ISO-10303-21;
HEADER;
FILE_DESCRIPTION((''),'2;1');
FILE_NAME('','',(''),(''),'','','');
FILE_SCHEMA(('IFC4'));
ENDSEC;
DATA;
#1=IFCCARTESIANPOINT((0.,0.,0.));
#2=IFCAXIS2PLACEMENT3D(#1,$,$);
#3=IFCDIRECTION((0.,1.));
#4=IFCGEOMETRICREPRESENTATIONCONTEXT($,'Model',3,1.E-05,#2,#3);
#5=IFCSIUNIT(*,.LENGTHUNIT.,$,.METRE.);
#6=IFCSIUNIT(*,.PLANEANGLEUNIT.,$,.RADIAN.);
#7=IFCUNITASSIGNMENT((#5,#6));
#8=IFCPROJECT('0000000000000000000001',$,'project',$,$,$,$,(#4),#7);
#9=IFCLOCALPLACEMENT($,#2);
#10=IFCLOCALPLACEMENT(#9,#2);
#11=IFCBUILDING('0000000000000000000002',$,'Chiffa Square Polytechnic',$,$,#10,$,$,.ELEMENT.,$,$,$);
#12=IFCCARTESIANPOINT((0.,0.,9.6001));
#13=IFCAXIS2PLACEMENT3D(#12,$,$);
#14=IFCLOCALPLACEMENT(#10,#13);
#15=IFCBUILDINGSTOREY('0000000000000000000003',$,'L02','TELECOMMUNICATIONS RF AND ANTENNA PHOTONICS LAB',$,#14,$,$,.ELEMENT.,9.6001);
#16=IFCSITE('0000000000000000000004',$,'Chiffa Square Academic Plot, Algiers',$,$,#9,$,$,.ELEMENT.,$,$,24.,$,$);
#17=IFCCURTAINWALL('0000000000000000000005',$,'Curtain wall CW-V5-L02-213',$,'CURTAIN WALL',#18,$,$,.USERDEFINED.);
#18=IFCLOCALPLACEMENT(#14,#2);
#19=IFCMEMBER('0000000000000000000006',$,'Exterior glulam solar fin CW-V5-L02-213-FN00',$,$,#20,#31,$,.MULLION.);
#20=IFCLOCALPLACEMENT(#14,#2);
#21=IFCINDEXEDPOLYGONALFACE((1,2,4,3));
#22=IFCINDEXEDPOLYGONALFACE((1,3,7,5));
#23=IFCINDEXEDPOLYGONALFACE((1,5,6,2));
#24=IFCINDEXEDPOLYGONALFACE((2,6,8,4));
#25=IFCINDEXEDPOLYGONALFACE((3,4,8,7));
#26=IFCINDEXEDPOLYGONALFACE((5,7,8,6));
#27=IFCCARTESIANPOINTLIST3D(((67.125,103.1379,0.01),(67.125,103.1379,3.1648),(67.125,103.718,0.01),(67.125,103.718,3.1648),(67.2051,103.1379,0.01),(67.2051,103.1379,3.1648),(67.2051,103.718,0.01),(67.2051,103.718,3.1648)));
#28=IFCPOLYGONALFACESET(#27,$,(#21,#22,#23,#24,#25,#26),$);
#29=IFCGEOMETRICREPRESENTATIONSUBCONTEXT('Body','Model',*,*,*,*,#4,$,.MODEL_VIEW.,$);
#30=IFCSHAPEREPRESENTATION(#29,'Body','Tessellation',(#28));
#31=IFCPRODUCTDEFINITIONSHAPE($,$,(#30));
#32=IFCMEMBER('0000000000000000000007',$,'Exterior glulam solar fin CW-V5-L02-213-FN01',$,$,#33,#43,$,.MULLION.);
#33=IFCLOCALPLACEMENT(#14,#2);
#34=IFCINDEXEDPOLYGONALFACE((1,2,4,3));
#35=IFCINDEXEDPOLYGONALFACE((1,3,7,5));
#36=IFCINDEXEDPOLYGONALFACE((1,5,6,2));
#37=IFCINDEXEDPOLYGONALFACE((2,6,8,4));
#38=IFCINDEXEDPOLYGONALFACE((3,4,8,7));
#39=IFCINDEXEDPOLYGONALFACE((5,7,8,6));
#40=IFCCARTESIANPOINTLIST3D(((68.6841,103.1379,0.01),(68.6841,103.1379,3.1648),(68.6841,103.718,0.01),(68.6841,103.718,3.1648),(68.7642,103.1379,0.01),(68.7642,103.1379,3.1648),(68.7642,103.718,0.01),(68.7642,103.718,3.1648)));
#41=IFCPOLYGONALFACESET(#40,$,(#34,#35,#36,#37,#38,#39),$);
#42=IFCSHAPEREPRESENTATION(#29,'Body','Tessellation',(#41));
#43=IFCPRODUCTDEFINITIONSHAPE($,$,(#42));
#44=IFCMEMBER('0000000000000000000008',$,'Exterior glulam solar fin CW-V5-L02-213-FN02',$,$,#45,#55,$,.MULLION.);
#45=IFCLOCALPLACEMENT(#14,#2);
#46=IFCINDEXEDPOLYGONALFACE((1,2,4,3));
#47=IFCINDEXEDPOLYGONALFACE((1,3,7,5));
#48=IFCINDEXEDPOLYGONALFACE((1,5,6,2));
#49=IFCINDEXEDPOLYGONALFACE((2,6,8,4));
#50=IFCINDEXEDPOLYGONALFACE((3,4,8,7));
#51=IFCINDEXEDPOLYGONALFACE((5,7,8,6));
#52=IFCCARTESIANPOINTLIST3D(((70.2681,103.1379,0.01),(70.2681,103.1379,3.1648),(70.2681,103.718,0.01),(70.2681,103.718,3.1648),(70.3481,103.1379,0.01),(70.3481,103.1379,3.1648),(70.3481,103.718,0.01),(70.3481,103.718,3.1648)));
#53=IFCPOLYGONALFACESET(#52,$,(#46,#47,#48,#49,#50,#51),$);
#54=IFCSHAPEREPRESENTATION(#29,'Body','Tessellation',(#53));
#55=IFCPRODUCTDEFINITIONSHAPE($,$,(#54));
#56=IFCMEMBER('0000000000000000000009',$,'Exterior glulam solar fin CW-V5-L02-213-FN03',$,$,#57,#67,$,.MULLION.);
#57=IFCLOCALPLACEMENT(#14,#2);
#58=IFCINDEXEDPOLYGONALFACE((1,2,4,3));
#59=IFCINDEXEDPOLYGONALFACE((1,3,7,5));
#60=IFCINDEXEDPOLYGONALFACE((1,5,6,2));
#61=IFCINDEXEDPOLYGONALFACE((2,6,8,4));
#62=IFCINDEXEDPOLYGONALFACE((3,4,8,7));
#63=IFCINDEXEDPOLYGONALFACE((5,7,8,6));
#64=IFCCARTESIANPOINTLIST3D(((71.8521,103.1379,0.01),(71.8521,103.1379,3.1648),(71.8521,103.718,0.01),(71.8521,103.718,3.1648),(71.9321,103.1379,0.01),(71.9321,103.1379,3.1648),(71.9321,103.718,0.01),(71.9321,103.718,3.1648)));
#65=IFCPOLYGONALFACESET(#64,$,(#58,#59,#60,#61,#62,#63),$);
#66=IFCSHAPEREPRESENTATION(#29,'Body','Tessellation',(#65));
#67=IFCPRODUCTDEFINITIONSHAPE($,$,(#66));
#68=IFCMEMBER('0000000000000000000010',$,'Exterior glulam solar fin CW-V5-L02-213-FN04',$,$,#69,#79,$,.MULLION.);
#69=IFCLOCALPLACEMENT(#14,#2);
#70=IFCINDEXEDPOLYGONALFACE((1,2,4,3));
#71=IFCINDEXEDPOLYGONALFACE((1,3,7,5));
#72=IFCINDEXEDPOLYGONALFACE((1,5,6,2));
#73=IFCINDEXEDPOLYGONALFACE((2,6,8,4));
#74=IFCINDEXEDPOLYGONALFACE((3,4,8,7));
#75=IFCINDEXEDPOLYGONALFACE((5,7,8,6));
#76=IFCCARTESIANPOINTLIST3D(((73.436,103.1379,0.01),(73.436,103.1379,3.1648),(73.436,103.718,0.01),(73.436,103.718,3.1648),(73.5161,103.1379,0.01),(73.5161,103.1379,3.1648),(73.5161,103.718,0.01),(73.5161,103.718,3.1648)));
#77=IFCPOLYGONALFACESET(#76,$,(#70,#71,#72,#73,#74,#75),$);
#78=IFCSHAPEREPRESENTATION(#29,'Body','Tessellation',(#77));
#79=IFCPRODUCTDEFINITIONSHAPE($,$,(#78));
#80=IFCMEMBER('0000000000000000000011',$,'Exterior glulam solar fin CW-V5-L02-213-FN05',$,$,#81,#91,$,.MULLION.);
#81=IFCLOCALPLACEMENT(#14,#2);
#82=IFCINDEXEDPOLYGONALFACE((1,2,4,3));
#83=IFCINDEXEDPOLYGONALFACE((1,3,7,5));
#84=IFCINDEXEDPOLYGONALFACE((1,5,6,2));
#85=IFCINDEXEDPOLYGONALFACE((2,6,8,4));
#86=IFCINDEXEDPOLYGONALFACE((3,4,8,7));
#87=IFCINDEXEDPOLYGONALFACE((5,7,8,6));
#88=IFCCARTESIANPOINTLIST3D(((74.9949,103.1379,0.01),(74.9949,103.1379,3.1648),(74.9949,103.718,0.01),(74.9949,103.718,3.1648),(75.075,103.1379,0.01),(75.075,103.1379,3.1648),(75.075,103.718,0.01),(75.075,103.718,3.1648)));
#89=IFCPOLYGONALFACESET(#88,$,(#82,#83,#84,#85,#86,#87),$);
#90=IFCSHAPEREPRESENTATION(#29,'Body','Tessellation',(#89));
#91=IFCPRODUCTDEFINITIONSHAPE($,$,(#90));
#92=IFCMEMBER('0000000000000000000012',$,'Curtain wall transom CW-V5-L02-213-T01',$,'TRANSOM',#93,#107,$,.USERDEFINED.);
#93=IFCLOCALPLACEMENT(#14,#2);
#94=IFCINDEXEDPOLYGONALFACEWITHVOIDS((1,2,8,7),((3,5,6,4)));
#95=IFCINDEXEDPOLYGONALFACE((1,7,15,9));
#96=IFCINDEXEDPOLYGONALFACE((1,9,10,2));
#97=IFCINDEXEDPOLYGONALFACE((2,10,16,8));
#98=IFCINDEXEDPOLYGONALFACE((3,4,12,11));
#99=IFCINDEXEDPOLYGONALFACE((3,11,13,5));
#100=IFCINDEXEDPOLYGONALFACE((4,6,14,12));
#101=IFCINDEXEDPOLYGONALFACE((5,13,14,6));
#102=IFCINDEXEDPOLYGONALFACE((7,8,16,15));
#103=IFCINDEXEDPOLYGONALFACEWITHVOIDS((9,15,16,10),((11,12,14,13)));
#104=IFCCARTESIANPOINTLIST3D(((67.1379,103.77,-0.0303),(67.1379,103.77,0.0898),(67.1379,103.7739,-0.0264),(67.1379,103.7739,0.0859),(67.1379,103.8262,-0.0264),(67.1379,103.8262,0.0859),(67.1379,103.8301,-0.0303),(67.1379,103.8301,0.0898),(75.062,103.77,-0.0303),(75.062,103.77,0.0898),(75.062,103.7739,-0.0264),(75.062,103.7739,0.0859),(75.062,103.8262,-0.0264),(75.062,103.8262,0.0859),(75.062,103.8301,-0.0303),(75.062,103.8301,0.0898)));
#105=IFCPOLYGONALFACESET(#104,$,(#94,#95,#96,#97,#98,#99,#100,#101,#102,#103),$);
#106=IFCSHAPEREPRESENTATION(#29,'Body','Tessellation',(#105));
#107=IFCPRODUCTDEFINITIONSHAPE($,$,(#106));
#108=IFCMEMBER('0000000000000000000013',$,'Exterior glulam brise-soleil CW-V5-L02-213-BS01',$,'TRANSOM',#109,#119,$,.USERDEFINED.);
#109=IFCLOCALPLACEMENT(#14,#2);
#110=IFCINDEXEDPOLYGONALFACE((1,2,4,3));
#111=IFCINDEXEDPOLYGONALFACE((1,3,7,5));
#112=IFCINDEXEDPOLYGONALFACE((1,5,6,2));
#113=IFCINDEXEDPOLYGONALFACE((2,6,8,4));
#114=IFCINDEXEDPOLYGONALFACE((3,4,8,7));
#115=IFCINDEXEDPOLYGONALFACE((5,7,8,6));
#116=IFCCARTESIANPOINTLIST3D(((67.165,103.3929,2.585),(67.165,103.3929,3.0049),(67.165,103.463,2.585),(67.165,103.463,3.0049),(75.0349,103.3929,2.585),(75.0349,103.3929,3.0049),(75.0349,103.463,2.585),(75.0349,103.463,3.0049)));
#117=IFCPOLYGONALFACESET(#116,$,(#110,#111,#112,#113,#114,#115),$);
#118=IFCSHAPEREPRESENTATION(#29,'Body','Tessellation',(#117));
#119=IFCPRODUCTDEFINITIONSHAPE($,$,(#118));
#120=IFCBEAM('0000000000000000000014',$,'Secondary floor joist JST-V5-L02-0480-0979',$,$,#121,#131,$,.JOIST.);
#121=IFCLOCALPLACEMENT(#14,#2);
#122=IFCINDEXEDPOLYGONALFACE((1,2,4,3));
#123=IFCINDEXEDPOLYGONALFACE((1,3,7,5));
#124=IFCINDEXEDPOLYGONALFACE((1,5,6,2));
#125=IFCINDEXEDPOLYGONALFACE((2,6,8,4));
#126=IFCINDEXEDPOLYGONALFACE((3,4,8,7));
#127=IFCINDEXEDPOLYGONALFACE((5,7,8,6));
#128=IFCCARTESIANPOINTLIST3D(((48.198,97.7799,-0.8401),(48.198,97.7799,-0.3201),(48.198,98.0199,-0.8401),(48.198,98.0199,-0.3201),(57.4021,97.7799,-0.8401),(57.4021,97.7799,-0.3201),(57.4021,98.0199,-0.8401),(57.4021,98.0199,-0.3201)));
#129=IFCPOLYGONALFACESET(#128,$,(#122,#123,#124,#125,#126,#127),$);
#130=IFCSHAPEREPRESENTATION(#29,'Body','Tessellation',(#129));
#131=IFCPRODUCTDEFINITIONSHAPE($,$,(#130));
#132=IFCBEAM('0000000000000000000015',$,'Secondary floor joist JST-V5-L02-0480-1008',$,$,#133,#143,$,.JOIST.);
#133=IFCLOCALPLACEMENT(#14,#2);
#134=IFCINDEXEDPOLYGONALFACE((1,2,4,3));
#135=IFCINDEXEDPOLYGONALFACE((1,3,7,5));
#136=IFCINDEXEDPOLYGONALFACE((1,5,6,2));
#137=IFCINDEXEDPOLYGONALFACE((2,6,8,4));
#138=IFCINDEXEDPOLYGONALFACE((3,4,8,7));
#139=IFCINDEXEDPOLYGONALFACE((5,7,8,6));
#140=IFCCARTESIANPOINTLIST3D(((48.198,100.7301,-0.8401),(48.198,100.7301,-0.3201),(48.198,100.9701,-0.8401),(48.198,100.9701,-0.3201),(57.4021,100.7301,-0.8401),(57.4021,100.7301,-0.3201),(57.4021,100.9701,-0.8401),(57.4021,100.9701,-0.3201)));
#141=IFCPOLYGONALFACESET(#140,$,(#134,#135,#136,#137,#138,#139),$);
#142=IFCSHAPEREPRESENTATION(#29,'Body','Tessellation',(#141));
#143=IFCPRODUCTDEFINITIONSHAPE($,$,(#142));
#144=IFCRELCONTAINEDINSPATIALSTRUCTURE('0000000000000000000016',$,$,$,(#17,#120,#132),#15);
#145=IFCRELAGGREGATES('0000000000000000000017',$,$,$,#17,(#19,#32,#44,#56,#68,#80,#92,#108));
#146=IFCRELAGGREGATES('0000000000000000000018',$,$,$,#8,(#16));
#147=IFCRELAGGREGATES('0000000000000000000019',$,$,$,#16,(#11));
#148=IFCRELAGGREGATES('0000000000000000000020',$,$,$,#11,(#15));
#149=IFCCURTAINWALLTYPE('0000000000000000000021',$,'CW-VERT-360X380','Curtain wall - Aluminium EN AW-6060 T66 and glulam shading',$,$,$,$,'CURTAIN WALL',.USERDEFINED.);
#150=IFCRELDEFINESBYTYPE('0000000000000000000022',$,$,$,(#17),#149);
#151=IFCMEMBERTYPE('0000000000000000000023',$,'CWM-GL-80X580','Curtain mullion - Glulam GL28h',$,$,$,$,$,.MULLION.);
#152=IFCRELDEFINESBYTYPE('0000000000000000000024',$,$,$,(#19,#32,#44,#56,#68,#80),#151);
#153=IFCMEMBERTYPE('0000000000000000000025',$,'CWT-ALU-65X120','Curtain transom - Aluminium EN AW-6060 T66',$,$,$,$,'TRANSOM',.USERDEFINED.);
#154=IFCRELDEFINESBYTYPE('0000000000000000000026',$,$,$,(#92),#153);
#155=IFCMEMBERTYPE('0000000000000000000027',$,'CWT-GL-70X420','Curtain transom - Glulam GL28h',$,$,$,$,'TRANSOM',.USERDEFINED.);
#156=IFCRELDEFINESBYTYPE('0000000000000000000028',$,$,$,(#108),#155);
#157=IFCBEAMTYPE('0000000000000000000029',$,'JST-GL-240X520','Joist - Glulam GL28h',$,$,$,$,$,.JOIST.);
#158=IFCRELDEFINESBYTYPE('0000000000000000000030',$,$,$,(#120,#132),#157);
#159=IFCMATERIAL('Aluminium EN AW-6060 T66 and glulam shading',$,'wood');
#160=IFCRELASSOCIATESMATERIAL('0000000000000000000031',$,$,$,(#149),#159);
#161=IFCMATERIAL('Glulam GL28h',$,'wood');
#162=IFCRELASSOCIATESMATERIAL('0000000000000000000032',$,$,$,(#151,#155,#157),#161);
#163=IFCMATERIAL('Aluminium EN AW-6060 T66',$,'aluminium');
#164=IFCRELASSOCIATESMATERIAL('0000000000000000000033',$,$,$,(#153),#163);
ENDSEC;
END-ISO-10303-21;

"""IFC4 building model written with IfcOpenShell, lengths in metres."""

from ifc_helpers import new_model, si_unit, direction, frame, origin, origin_2d, place, context, subcontext, project, spatial, rectangle, hollow_rectangle, extrude, material, material_profile, profile_set, type_object, element, aggregate, save


model = new_model("IFC4")

# Units and contexts
model_context = context("Model", 3, precision=1e-05, world=origin(), true_north=direction((0.0, 1.0)))
body_context = subcontext(model_context, "Body", "Model", "MODEL_VIEW")
ifc_project = project(units=[si_unit("LENGTHUNIT", "METRE"), si_unit("PLANEANGLEUNIT", "RADIAN")], contexts=[model_context])

# Site, building, storey
site_placement = place(None, origin())
site = spatial("IfcSite", under=ifc_project, at=site_placement, Name="Chiffa Square Academic Plot, Algiers", CompositionType="ELEMENT", RefElevation=24.0)
building_placement = place(site_placement, origin())
building = spatial("IfcBuilding", under=site, at=building_placement, Name="Chiffa Square Polytechnic", CompositionType="ELEMENT")
storey_placement = place(building_placement, frame((0.0, 0.0, 9.6001)))
storey = spatial("IfcBuildingStorey", under=building, at=storey_placement, Name="L02", Description="TELECOMMUNICATIONS RF AND ANTENNA PHOTONICS LAB", CompositionType="ELEMENT", Elevation=9.6001)

# Curtain wall, members
ifc_material_1 = material(Name="Aluminium EN AW-6060 T66 and glulam shading", Category="wood")
curtain_wall_type = type_object("IfcCurtainWallType", Name="CW-VERT-360X380", Description="Curtain wall - Aluminium EN AW-6060 T66 and glulam shading", ElementType="CURTAIN WALL", PredefinedType="USERDEFINED", material=ifc_material_1)
curtain_wall_placement = place(storey_placement, origin())
curtain_wall = element("IfcCurtainWall", 1, at=curtain_wall_placement, inside=storey, type_object=curtain_wall_type, Name="Curtain wall CW-V5-L02-213", ObjectType="CURTAIN WALL", PredefinedType="USERDEFINED")
ifc_material_2 = material(Name="Glulam GL28h", Category="wood")
ifc_material_profile_1 = material_profile(ifc_material_2, rectangle(XDim=0.0801, YDim=0.5801, at=origin_2d()), Name="GL28h 80x580")
ifc_profile_set_1 = profile_set([ifc_material_profile_1], Name="Glulam GL28h")
member_type_1 = type_object("IfcMemberType", Name="CWM-GL-80X580", Description="Curtain mullion - Glulam GL28h", PredefinedType="MULLION", material=ifc_profile_set_1)
member_1_placement = place(storey_placement, frame((67.165, 103.428, 0.01), z_axis=(0.0, 0.0, 1.0), x_axis=(1.0, 0.0, 0.0)))
member_1 = element("IfcMember", 2, at=member_1_placement, type_object=member_type_1, Name="Exterior glulam solar fin CW-V5-L02-213-FN00", PredefinedType="MULLION", context=body_context, shape_type="SweptSolid", body=[
    extrude(rectangle(XDim=0.0801, YDim=0.5801, at=origin_2d()), origin(), (0.0, 0.0, 1.0), 3.1548),
])
member_2_placement = place(storey_placement, frame((68.7241, 103.428, 0.01), z_axis=(0.0, 0.0, 1.0), x_axis=(1.0, 0.0, 0.0)))
member_2 = element("IfcMember", 3, at=member_2_placement, type_object=member_type_1, Name="Exterior glulam solar fin CW-V5-L02-213-FN01", PredefinedType="MULLION", context=body_context, shape_type="SweptSolid", body=[
    extrude(rectangle(XDim=0.0801, YDim=0.5801, at=origin_2d()), origin(), (0.0, 0.0, 1.0), 3.1548),
])
member_3_placement = place(storey_placement, frame((70.3081, 103.428, 0.01), z_axis=(0.0, 0.0, 1.0), x_axis=(1.0, 0.0, 0.0)))
member_3 = element("IfcMember", 4, at=member_3_placement, type_object=member_type_1, Name="Exterior glulam solar fin CW-V5-L02-213-FN02", PredefinedType="MULLION", context=body_context, shape_type="SweptSolid", body=[
    extrude(rectangle(XDim=0.0801, YDim=0.5801, at=origin_2d()), origin(), (0.0, 0.0, 1.0), 3.1548),
])
member_4_placement = place(storey_placement, frame((71.8921, 103.428, 0.01), z_axis=(0.0, 0.0, 1.0), x_axis=(1.0, 0.0, 0.0)))
member_4 = element("IfcMember", 5, at=member_4_placement, type_object=member_type_1, Name="Exterior glulam solar fin CW-V5-L02-213-FN03", PredefinedType="MULLION", context=body_context, shape_type="SweptSolid", body=[
    extrude(rectangle(XDim=0.0801, YDim=0.5801, at=origin_2d()), origin(), (0.0, 0.0, 1.0), 3.1548),
])
member_5_placement = place(storey_placement, frame((73.4761, 103.428, 0.01), z_axis=(0.0, 0.0, 1.0), x_axis=(1.0, 0.0, 0.0)))
member_5 = element("IfcMember", 6, at=member_5_placement, type_object=member_type_1, Name="Exterior glulam solar fin CW-V5-L02-213-FN04", PredefinedType="MULLION", context=body_context, shape_type="SweptSolid", body=[
    extrude(rectangle(XDim=0.0801, YDim=0.5801, at=origin_2d()), origin(), (0.0, 0.0, 1.0), 3.1548),
])
member_6_placement = place(storey_placement, frame((75.0349, 103.428, 0.01), z_axis=(0.0, 0.0, 1.0), x_axis=(1.0, 0.0, 0.0)))
member_6 = element("IfcMember", 7, at=member_6_placement, type_object=member_type_1, Name="Exterior glulam solar fin CW-V5-L02-213-FN05", PredefinedType="MULLION", context=body_context, shape_type="SweptSolid", body=[
    extrude(rectangle(XDim=0.0801, YDim=0.5801, at=origin_2d()), origin(), (0.0, 0.0, 1.0), 3.1548),
])
ifc_material_3 = material(Name="Aluminium EN AW-6060 T66", Category="aluminium")
ifc_material_profile_2 = material_profile(ifc_material_3, hollow_rectangle(XDim=0.0601, YDim=0.1201, WallThickness=0.0039, at=origin_2d()), Name="ALU 60x120x4")
ifc_profile_set_2 = profile_set([ifc_material_profile_2], Name="Aluminium EN AW-6060 T66")
member_type_2 = type_object("IfcMemberType", Name="CWT-ALU-65X120", Description="Curtain transom - Aluminium EN AW-6060 T66", ElementType="TRANSOM", PredefinedType="USERDEFINED", material=ifc_profile_set_2)
member_7_placement = place(storey_placement, frame((67.1379, 103.8, 0.0298), z_axis=(1.0, 0.0, 0.0), x_axis=(0.0, 1.0, 0.0)))
member_7 = element("IfcMember", 8, at=member_7_placement, type_object=member_type_2, Name="Curtain wall transom CW-V5-L02-213-T01", ObjectType="TRANSOM", PredefinedType="USERDEFINED", context=body_context, shape_type="SweptSolid", body=[
    extrude(hollow_rectangle(XDim=0.0601, YDim=0.1201, WallThickness=0.0039, at=origin_2d()), origin(), (0.0, 0.0, 1.0), 7.9241),
])
ifc_material_profile_3 = material_profile(ifc_material_2, rectangle(XDim=0.0701, YDim=0.4199, at=origin_2d()), Name="GL28h 70x420")
ifc_profile_set_3 = profile_set([ifc_material_profile_3], Name="Glulam GL28h")
member_type_3 = type_object("IfcMemberType", Name="CWT-GL-70X420", Description="Curtain transom - Glulam GL28h", ElementType="TRANSOM", PredefinedType="USERDEFINED", material=ifc_profile_set_3)
member_8_placement = place(storey_placement, frame((67.165, 103.428, 2.7949), z_axis=(1.0, 0.0, 0.0), x_axis=(0.0, 1.0, 0.0)))
member_8 = element("IfcMember", 9, at=member_8_placement, type_object=member_type_3, Name="Exterior glulam brise-soleil CW-V5-L02-213-BS01", ObjectType="TRANSOM", PredefinedType="USERDEFINED", context=body_context, shape_type="SweptSolid", body=[
    extrude(rectangle(XDim=0.0701, YDim=0.4199, at=origin_2d()), origin(), (0.0, 0.0, 1.0), 7.8699),
])
aggregate(curtain_wall, [member_1, member_2, member_3, member_4, member_5, member_6, member_7, member_8])

# Beams
ifc_material_profile_4 = material_profile(ifc_material_2, rectangle(XDim=0.24, YDim=0.52, at=origin_2d()), Name="GL28h 240x520")
ifc_profile_set_4 = profile_set([ifc_material_profile_4], Name="Glulam GL28h")
beam_type_1 = type_object("IfcBeamType", Name="JST-GL-240X520", Description="Joist - Glulam GL28h", PredefinedType="JOIST", material=ifc_profile_set_4)
for number, where, z_axis, x_axis, name in (
    (10, (48.198, 97.8999, -0.5801), (1.0, 0.0, 0.0), (0.0, 1.0, 0.0), "Secondary floor joist JST-V5-L02-0480-0979"),
    (11, (48.198, 100.8501, -0.5801), (1.0, 0.0, 0.0), (0.0, 1.0, 0.0), "Secondary floor joist JST-V5-L02-0480-1008"),
):
    element("IfcBeam", number, at=place(storey_placement, frame(where, z_axis=z_axis, x_axis=x_axis)), inside=storey, type_object=beam_type_1, Name=name, PredefinedType="JOIST", context=body_context, shape_type="SweptSolid", body=[
        extrude(rectangle(XDim=0.24, YDim=0.52, at=origin_2d()), origin(), (0.0, 0.0, 1.0), 9.2041),
    ])

save(model, "model.ifc")
